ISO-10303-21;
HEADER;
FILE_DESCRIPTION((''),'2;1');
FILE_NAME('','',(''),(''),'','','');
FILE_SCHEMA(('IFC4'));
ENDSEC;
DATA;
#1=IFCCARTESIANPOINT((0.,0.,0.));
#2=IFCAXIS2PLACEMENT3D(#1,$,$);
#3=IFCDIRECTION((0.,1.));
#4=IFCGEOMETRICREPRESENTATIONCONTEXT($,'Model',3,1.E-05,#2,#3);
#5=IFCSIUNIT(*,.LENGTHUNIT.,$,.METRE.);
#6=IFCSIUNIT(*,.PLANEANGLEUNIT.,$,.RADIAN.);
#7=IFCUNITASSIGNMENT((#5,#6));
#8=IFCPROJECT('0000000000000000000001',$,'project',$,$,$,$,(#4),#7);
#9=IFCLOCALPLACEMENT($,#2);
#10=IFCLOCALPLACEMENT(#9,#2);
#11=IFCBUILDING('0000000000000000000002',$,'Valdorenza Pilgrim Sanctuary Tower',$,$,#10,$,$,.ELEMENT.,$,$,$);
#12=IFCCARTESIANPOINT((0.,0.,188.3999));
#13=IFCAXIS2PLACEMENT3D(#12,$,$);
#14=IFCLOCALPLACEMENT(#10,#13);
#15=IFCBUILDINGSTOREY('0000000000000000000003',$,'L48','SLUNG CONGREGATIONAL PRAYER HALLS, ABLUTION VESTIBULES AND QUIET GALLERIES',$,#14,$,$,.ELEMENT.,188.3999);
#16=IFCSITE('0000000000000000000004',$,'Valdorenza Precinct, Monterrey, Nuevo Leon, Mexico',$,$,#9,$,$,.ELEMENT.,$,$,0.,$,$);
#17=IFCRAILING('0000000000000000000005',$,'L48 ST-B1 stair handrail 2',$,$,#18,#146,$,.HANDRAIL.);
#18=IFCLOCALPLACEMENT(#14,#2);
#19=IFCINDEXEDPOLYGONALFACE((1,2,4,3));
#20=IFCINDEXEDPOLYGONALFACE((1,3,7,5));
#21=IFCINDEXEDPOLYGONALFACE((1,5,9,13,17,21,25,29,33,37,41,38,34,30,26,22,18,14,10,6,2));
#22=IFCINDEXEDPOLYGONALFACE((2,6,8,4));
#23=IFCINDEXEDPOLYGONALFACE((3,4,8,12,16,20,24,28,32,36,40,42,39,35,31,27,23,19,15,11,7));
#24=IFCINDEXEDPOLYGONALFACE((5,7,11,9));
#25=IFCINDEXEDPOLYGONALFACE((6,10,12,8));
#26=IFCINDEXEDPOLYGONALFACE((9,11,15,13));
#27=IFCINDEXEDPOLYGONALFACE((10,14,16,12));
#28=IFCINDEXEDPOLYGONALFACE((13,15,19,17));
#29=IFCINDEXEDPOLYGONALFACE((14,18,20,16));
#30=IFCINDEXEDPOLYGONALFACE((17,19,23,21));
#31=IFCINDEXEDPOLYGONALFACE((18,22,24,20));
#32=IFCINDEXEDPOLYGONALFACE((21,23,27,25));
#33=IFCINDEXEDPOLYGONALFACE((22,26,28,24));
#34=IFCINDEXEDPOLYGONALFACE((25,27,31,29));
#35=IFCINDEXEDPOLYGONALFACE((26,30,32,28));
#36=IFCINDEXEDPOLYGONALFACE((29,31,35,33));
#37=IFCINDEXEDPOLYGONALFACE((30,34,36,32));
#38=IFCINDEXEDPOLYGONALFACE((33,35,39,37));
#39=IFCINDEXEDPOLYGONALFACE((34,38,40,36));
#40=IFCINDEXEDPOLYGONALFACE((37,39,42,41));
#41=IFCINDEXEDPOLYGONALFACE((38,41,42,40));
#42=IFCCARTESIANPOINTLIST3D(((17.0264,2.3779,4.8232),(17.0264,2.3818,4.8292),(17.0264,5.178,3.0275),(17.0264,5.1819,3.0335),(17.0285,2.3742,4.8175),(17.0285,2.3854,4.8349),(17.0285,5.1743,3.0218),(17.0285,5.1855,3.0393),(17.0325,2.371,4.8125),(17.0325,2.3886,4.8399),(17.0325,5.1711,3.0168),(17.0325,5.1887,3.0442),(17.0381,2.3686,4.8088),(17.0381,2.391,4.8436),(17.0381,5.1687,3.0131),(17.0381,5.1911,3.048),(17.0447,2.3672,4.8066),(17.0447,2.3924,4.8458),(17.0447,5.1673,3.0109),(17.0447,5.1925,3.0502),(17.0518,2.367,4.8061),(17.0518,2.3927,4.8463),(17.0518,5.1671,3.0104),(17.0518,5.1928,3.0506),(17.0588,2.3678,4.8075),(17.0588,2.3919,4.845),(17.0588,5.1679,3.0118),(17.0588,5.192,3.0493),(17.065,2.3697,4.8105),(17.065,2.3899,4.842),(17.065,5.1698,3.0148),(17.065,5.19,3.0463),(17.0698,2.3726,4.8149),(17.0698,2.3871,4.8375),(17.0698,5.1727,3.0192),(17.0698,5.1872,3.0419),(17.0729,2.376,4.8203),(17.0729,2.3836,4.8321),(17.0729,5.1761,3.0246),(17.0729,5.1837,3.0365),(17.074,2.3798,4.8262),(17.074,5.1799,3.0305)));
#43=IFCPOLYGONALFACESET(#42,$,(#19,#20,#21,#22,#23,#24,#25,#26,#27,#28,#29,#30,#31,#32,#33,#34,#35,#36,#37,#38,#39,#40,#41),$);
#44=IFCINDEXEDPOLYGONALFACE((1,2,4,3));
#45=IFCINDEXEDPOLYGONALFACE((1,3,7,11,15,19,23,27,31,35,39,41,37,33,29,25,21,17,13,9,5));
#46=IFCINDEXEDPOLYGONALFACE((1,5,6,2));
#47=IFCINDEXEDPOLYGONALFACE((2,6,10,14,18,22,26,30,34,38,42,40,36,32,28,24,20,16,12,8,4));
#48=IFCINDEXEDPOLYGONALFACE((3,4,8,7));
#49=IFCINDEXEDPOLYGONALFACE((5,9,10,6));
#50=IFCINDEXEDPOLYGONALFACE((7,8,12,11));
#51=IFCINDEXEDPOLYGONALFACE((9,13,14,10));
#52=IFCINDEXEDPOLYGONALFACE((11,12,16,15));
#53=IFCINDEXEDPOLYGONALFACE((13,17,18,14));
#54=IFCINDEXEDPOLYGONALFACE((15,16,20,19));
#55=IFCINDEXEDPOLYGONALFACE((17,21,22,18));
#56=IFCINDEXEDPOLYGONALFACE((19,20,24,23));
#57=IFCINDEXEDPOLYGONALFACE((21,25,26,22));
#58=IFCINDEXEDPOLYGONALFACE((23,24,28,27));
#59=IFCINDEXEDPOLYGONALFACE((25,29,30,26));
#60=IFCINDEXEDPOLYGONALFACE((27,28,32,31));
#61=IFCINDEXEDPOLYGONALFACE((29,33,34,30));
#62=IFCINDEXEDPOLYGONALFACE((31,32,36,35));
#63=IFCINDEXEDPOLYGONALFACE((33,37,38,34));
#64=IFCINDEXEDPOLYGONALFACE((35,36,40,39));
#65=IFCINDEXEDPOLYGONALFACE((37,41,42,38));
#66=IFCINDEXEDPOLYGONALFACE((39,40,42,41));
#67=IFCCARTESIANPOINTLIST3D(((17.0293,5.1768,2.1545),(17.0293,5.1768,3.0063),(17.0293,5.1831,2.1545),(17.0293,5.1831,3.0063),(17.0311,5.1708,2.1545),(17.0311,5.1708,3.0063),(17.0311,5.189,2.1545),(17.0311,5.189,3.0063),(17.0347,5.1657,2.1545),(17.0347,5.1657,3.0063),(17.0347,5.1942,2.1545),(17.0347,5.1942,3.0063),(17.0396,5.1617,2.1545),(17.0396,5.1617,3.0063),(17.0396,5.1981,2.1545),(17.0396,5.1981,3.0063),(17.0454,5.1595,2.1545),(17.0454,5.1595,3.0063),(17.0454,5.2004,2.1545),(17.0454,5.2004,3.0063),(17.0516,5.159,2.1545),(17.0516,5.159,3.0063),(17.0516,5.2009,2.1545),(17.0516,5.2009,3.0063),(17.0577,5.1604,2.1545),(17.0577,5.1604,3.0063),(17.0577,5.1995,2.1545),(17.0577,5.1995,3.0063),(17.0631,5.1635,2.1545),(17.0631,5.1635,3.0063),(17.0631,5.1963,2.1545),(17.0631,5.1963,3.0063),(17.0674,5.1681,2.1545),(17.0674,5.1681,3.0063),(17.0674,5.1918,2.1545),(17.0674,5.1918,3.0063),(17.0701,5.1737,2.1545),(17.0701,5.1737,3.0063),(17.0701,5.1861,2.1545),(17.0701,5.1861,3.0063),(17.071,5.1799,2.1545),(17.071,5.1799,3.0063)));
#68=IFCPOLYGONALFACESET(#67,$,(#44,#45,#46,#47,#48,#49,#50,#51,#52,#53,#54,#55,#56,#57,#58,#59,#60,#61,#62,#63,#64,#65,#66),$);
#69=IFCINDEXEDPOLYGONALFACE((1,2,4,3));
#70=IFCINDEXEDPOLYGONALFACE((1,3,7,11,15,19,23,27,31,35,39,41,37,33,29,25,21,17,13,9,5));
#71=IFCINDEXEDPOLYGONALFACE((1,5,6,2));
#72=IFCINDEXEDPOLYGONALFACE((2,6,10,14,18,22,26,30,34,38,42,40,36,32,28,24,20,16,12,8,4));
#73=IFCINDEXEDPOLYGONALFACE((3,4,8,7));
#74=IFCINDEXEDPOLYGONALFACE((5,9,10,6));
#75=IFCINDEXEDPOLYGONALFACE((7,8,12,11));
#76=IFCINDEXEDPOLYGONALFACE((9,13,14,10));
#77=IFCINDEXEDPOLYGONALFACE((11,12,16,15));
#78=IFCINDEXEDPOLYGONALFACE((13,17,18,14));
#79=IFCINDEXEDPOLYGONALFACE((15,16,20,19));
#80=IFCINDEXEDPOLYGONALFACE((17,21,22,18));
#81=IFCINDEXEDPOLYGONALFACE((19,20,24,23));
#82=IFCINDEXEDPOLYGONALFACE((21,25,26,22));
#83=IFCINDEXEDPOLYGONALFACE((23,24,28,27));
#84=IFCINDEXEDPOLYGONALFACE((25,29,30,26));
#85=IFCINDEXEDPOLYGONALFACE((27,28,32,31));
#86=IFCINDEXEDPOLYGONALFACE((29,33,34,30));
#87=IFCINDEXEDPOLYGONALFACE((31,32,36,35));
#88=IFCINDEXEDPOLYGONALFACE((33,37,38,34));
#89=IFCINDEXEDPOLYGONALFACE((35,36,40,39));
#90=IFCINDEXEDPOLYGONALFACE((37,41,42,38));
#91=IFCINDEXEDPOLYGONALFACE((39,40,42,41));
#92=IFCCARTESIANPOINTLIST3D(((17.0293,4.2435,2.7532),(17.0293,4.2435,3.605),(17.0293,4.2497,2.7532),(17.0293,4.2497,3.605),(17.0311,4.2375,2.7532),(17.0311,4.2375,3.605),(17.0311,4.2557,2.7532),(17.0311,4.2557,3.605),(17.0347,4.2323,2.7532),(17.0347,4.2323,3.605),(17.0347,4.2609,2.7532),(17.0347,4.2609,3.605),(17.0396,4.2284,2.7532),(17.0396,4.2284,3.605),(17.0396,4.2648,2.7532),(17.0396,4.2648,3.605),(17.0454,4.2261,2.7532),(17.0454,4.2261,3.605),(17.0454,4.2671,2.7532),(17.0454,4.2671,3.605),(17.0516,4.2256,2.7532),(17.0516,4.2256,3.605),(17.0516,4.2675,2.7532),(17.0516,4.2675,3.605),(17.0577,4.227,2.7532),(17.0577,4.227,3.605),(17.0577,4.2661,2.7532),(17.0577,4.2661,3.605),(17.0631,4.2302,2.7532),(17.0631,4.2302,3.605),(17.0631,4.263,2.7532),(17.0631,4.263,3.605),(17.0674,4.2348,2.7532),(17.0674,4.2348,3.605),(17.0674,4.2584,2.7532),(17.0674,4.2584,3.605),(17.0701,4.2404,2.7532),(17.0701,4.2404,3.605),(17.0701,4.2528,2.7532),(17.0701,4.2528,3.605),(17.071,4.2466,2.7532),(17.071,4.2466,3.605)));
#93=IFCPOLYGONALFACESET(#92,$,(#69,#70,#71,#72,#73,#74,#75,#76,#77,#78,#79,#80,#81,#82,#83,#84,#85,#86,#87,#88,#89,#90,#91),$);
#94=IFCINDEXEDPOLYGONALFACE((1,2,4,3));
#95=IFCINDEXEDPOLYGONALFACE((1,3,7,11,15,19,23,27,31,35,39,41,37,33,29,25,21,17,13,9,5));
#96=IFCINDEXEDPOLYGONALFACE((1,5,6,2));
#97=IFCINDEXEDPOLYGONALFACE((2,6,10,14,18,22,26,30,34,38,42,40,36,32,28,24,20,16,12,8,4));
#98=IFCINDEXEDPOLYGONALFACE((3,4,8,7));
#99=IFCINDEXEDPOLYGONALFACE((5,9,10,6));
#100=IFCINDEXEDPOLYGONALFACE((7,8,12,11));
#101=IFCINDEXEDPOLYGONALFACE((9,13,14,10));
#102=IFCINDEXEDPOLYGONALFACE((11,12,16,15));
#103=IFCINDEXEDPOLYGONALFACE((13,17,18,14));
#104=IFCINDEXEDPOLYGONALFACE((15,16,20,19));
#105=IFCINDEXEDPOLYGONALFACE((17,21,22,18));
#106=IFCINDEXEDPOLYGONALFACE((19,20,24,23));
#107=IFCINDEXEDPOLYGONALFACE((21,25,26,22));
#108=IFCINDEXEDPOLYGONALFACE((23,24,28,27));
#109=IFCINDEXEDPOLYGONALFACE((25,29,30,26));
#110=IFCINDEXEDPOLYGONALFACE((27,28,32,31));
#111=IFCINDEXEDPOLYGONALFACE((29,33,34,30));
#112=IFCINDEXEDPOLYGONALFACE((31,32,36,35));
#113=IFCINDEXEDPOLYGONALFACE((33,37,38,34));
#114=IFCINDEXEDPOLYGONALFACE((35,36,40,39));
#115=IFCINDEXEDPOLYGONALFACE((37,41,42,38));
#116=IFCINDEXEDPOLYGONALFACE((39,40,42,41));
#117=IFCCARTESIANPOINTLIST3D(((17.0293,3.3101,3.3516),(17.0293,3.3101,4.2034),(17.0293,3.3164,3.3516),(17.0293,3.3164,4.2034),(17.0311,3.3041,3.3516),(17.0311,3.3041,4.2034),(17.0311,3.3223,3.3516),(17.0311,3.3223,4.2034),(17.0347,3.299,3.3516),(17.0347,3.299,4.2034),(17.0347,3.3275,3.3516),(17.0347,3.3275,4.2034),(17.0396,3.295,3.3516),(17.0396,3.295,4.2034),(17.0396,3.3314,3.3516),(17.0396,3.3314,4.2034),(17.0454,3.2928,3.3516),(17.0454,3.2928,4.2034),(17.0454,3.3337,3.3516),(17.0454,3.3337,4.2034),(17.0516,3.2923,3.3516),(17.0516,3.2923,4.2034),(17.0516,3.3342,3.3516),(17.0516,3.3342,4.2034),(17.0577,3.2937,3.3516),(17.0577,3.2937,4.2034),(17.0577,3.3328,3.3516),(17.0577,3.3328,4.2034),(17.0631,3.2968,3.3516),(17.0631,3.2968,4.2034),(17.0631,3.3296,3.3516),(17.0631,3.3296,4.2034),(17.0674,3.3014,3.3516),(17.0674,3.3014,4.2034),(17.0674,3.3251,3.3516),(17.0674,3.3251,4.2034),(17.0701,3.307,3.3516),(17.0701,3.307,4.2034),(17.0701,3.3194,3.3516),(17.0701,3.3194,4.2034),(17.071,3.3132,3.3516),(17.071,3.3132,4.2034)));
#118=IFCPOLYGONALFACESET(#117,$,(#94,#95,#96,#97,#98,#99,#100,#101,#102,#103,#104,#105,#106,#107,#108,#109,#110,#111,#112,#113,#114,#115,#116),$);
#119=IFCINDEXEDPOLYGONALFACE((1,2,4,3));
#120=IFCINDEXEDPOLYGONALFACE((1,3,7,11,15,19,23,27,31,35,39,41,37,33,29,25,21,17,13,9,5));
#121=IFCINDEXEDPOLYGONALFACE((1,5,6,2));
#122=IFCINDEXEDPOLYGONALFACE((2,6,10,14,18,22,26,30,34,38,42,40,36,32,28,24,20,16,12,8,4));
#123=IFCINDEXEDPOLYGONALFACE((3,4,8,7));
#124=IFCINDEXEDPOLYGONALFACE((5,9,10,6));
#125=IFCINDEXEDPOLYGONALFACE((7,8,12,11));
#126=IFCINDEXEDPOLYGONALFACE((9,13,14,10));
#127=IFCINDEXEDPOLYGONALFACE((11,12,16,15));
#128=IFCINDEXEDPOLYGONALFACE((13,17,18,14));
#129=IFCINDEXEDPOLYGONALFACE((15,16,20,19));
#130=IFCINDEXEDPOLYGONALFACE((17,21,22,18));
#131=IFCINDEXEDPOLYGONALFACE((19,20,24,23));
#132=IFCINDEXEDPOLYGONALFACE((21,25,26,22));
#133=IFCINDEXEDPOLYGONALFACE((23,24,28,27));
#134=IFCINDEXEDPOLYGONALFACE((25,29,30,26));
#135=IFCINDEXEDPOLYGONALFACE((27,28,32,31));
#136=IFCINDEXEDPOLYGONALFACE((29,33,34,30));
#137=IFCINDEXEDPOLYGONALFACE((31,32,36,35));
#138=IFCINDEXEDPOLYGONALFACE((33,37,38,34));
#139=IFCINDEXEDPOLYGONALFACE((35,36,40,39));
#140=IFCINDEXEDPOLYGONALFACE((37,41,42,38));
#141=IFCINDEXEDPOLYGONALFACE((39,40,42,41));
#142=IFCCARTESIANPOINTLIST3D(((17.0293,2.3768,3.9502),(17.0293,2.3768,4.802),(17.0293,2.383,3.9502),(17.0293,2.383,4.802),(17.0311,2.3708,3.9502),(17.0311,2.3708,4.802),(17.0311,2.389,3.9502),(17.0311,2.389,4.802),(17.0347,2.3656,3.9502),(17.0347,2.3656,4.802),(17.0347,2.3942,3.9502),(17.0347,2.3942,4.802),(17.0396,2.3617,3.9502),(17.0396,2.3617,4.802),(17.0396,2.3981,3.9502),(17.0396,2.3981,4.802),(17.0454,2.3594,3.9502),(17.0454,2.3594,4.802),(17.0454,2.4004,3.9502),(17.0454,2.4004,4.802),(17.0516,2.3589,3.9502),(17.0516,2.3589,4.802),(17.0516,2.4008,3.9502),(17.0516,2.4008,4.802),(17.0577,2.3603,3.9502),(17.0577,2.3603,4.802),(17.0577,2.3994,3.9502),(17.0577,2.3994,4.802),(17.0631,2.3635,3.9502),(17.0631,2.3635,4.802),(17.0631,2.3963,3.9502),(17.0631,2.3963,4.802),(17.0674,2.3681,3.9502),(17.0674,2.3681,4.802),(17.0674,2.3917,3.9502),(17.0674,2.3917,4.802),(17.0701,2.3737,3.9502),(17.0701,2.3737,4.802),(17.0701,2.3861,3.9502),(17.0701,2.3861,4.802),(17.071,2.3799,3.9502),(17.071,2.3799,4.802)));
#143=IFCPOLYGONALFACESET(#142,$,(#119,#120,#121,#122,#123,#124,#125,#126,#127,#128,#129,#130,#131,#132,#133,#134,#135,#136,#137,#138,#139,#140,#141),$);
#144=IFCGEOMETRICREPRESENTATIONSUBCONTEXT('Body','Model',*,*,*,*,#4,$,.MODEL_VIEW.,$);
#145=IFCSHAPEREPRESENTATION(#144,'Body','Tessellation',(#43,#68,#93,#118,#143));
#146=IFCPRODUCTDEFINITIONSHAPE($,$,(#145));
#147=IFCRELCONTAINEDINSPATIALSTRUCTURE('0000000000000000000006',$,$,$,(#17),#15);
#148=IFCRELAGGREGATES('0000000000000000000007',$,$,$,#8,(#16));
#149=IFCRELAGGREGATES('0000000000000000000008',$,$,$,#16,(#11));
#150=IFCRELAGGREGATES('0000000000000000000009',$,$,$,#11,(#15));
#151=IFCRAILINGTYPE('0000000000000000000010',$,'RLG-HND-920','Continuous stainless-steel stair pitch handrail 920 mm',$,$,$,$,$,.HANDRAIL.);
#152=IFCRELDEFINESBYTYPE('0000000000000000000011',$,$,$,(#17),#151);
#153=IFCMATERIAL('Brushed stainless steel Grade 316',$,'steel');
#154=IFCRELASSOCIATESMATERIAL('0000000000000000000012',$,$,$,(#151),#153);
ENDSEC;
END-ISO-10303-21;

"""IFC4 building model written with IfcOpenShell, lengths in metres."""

from ifc_helpers import new_model, si_unit, direction, frame, origin, origin_2d, place, context, subcontext, project, spatial, circle, extrude, material, type_object, element, save


model = new_model("IFC4")

# Units and contexts
model_context = context("Model", 3, precision=1e-05, world=origin(), true_north=direction((0.0, 1.0)))
body_context = subcontext(model_context, "Body", "Model", "MODEL_VIEW")
ifc_project = project(units=[si_unit("LENGTHUNIT", "METRE"), si_unit("PLANEANGLEUNIT", "RADIAN")], contexts=[model_context])

# Site, building, storey
site_placement = place(None, origin())
site = spatial("IfcSite", under=ifc_project, at=site_placement, Name="Valdorenza Precinct, Monterrey, Nuevo Leon, Mexico", CompositionType="ELEMENT", RefElevation=0.0)
building_placement = place(site_placement, origin())
building = spatial("IfcBuilding", under=site, at=building_placement, Name="Valdorenza Pilgrim Sanctuary Tower", CompositionType="ELEMENT")
storey_placement = place(building_placement, frame((0.0, 0.0, 188.3999)))
storey = spatial("IfcBuildingStorey", under=building, at=storey_placement, Name="L48", Description="SLUNG CONGREGATIONAL PRAYER HALLS, ABLUTION VESTIBULES AND QUIET GALLERIES", CompositionType="ELEMENT", Elevation=188.3999)

# Shared definitions
ifc_material_1 = material(Name="Brushed stainless steel Grade 316", Category="steel")

# Railing
railing_type_1 = type_object("IfcRailingType", Name="RLG-HND-920", Description="Continuous stainless-steel stair pitch handrail 920 mm", PredefinedType="HANDRAIL", material=ifc_material_1)
railing_1_placement = place(storey_placement, frame((17.05, 5.1799, 2.1545)))
element("IfcRailing", 1, at=railing_1_placement, inside=storey, type_object=railing_type_1, Name="L48 ST-B1 stair handrail 2", PredefinedType="HANDRAIL", context=body_context, shape_type="SweptSolid", body=[
    extrude(circle(Radius=0.0239, at=origin_2d()), frame((0.0, 0.0, 0.876), z_axis=(0.0, -0.841777, 0.539826), x_axis=(1.0, 0.0, 0.0)), (0.0, 0.0, 1.0), 3.3264),
    extrude(circle(Radius=0.021, at=origin_2d()), origin(), (0.0, 0.0, 1.0), 0.8518),
    extrude(circle(Radius=0.021, at=origin_2d()), frame((0.0, -0.9333, 0.5986)), (0.0, 0.0, 1.0), 0.8518),
    extrude(circle(Radius=0.021, at=origin_2d()), frame((0.0, -1.8667, 1.197)), (0.0, 0.0, 1.0), 0.8518),
    extrude(circle(Radius=0.021, at=origin_2d()), frame((0.0, -2.8, 1.7957)), (0.0, 0.0, 1.0), 0.8518),
])

save(model, "model.ifc")
